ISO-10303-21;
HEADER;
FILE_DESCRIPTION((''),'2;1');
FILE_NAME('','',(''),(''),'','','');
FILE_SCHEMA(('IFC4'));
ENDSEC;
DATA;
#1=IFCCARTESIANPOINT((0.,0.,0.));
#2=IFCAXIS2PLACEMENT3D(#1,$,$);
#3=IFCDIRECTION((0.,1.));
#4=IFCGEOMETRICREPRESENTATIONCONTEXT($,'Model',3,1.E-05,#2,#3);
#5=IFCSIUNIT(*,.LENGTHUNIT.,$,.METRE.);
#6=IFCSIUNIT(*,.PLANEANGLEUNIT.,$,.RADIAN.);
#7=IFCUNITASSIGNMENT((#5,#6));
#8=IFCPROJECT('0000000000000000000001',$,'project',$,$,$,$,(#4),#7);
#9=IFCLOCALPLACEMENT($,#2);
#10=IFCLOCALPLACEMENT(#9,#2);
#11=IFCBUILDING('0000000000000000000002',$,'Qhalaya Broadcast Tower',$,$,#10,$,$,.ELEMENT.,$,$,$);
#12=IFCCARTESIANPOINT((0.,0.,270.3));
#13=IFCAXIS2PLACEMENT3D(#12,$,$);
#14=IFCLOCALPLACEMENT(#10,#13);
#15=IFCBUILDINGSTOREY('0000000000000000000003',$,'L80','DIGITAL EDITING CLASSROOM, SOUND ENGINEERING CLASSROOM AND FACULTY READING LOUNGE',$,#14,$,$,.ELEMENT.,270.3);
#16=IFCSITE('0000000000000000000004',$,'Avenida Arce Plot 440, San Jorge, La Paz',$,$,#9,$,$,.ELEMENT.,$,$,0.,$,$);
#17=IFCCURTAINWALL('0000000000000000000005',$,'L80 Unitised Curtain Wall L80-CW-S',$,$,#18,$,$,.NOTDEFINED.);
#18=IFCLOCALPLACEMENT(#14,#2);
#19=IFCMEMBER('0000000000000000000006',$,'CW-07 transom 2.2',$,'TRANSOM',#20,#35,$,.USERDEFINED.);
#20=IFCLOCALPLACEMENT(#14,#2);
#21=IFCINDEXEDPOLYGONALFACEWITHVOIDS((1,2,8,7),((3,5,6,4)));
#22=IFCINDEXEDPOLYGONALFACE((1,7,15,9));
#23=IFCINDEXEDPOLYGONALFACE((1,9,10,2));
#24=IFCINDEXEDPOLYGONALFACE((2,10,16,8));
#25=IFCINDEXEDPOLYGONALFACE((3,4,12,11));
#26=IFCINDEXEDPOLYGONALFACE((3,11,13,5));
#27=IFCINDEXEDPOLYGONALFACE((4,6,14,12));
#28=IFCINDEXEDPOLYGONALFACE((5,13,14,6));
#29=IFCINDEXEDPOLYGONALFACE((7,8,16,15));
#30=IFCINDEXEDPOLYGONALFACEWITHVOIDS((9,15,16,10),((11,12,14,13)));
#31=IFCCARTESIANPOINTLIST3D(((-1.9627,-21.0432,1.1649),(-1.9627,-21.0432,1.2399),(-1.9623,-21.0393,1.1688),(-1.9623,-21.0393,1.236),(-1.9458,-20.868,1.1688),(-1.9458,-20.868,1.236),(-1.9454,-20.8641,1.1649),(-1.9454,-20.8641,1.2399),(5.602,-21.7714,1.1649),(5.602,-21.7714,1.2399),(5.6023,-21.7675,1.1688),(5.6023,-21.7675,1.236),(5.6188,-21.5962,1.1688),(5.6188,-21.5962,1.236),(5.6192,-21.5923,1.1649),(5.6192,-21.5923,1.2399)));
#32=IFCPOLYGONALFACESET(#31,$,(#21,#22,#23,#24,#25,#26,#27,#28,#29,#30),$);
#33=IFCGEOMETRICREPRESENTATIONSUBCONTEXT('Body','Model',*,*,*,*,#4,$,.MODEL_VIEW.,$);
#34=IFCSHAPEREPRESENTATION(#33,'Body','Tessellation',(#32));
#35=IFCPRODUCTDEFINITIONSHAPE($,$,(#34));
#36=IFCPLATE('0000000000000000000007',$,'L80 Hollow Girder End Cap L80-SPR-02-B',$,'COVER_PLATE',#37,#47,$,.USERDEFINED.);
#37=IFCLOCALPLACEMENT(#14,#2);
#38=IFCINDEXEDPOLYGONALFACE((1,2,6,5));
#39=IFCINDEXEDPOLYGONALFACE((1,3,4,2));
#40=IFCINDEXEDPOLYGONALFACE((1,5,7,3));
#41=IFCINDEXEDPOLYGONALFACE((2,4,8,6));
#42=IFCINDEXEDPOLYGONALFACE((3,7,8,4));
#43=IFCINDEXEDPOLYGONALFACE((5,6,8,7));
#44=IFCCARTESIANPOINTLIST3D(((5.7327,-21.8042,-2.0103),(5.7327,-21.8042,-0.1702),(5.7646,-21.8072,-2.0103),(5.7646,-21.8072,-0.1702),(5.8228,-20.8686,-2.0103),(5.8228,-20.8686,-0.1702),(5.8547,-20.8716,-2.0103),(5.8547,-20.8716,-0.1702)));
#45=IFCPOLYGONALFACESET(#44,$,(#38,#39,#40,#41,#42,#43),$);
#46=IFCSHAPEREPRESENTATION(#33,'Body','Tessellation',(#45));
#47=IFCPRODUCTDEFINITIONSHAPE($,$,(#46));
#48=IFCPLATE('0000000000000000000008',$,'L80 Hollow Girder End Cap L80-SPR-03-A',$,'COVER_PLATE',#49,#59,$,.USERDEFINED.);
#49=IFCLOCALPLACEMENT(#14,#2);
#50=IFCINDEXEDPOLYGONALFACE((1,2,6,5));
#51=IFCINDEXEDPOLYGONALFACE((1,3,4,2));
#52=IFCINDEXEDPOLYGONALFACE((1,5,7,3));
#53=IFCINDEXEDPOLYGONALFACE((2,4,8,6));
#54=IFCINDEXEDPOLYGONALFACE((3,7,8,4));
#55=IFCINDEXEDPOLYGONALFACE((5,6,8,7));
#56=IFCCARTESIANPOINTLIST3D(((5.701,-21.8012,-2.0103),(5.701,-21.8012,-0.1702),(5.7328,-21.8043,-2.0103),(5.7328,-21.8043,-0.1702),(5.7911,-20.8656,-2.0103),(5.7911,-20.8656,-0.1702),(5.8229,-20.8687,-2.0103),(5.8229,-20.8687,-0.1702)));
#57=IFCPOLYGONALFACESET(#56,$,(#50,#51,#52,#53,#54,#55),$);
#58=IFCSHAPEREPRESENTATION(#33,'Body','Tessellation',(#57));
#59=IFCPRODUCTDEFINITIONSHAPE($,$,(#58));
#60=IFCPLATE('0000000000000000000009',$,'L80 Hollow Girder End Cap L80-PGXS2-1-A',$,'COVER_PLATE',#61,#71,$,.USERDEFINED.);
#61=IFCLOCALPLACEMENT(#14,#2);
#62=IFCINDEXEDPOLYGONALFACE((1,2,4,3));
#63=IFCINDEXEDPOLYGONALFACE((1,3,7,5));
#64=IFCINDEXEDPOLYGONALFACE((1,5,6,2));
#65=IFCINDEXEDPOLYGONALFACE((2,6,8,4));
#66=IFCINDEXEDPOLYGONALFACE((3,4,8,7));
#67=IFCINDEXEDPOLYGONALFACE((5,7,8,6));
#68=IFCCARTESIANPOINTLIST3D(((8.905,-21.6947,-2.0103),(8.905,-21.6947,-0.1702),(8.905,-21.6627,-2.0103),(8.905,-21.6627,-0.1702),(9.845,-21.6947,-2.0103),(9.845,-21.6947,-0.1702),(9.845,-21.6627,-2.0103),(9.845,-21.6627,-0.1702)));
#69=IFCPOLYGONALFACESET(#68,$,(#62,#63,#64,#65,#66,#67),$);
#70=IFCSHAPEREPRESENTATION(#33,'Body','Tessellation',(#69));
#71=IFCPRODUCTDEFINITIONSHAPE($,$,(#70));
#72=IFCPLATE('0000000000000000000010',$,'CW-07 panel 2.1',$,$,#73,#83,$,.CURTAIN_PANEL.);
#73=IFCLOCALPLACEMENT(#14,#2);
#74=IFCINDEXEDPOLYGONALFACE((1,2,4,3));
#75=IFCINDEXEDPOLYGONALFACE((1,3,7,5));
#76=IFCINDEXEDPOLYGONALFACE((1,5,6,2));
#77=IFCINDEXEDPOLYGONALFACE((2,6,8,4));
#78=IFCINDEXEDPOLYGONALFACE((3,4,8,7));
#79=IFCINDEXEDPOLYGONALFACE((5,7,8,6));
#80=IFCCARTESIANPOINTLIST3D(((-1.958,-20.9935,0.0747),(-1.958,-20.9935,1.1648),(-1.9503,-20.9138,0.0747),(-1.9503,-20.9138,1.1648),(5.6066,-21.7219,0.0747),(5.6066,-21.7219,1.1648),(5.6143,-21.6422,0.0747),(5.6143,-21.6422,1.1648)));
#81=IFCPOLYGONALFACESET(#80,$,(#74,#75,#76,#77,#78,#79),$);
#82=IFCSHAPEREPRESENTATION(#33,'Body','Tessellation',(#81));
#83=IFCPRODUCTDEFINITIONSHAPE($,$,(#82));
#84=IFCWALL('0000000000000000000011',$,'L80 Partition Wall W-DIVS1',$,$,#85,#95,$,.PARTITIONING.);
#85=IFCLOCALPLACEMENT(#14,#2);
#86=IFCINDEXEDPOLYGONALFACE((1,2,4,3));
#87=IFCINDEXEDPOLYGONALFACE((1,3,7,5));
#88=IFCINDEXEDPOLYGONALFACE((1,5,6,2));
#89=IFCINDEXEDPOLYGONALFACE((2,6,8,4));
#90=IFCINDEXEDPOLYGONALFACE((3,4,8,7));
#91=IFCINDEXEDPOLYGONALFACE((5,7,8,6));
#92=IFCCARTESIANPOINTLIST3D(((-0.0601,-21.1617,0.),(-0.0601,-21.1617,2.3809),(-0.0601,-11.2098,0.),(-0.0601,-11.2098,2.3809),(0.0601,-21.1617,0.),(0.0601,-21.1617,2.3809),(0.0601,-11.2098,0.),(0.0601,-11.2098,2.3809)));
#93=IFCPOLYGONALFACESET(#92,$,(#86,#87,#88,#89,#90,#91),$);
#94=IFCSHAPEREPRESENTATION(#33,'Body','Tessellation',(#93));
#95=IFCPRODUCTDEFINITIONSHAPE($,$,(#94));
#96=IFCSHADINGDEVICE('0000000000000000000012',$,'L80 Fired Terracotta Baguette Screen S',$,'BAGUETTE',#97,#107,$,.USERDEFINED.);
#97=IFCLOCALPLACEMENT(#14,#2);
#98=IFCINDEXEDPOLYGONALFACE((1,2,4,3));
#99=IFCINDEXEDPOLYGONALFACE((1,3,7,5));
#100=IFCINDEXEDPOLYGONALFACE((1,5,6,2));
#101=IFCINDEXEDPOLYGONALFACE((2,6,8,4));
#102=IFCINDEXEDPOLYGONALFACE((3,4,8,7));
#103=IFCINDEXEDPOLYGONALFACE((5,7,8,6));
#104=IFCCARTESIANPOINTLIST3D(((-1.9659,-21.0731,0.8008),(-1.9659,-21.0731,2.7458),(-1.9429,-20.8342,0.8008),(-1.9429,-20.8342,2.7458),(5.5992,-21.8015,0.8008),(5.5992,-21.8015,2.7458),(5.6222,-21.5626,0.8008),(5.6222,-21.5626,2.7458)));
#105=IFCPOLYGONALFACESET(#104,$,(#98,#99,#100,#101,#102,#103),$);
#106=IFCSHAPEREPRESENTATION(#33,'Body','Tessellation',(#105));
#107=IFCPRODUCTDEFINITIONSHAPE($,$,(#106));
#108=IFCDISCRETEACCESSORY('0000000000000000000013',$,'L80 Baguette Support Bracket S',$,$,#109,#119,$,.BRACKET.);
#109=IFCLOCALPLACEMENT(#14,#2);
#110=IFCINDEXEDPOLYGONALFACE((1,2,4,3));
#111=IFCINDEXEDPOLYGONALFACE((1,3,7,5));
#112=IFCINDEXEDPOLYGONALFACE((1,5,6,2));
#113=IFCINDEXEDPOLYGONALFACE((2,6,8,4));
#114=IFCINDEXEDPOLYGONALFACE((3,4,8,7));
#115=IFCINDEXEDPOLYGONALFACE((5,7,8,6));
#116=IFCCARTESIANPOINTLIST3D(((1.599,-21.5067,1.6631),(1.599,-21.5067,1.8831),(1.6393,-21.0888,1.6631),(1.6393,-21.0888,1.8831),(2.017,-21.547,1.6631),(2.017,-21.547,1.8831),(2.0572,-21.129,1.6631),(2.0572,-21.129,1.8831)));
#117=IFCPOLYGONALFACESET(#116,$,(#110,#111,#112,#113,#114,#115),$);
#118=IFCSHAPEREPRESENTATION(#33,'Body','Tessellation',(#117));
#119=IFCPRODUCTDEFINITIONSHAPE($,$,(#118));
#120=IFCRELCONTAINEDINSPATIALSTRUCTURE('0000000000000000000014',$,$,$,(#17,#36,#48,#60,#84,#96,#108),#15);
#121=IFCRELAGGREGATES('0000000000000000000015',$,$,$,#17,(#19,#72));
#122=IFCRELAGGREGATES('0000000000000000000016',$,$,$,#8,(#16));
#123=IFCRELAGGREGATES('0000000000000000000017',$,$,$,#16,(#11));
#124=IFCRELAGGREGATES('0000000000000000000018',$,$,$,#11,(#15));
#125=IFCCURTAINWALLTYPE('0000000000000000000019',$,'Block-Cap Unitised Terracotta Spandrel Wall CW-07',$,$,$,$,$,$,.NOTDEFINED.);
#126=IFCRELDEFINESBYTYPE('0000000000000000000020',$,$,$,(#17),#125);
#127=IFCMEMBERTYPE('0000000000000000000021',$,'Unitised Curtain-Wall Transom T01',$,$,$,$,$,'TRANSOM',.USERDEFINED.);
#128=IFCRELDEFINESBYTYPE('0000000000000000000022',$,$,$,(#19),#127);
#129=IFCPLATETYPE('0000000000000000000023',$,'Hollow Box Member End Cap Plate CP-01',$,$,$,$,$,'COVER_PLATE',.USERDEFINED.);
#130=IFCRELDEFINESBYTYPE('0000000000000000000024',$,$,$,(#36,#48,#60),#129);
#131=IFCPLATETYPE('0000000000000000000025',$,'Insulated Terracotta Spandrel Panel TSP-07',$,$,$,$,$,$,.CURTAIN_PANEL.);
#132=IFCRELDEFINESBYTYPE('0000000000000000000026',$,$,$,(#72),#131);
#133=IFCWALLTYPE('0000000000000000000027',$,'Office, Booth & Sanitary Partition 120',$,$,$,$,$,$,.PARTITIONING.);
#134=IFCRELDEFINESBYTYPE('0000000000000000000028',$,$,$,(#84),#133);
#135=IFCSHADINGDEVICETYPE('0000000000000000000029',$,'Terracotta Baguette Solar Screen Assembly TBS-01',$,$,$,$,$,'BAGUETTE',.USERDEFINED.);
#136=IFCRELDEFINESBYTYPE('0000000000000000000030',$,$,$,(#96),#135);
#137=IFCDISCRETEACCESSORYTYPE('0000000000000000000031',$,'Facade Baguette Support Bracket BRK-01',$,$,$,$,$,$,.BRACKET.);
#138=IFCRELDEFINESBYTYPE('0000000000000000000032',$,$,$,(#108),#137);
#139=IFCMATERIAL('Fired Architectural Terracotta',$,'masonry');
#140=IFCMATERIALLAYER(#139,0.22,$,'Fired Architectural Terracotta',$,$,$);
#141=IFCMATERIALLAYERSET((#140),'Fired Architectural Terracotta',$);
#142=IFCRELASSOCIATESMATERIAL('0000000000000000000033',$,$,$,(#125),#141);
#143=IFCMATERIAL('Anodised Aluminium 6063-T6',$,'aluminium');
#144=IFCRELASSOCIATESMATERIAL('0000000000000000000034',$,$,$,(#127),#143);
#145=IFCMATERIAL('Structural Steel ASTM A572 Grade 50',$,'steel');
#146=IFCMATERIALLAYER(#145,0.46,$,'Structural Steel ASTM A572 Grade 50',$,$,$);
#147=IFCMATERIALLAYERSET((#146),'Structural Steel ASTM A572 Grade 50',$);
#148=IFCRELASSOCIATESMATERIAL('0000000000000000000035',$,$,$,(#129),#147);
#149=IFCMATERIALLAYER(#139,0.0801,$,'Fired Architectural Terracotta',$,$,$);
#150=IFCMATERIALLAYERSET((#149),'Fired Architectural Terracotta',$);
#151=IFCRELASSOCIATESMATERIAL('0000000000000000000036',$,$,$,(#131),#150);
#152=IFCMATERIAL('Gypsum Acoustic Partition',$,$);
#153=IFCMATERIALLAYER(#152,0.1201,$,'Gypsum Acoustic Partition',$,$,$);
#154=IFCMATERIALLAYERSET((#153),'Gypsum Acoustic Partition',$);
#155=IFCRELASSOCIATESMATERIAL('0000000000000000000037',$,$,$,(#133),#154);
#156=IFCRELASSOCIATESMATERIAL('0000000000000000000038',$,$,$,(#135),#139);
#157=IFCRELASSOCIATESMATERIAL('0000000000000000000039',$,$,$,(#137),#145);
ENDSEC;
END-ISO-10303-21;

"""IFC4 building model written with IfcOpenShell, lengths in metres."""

from ifc_helpers import new_model, si_unit, direction, frame, frame_2d, origin, origin_2d, place, context, subcontext, project, spatial, rectangle, hollow_rectangle, extrude, material, layer, layer_set, material_profile, profile_set, type_object, element, aggregate, save


model = new_model("IFC4")

# Units and contexts
model_context = context("Model", 3, precision=1e-05, world=origin(), true_north=direction((0.0, 1.0)))
body_context = subcontext(model_context, "Body", "Model", "MODEL_VIEW")
ifc_project = project(units=[si_unit("LENGTHUNIT", "METRE"), si_unit("PLANEANGLEUNIT", "RADIAN")], contexts=[model_context])

# Site, building, storey
site_placement = place(None, origin())
site = spatial("IfcSite", under=ifc_project, at=site_placement, Name="Avenida Arce Plot 440, San Jorge, La Paz", CompositionType="ELEMENT", RefElevation=0.0)
building_placement = place(site_placement, origin())
building = spatial("IfcBuilding", under=site, at=building_placement, Name="Qhalaya Broadcast Tower", CompositionType="ELEMENT")
storey_placement = place(building_placement, frame((0.0, 0.0, 270.3)))
storey = spatial("IfcBuildingStorey", under=building, at=storey_placement, Name="L80", Description="DIGITAL EDITING CLASSROOM, SOUND ENGINEERING CLASSROOM AND FACULTY READING LOUNGE", CompositionType="ELEMENT", Elevation=270.3)

# Shared definitions
ifc_material_1 = material(Name="Structural Steel ASTM A572 Grade 50", Category="steel")

# Curtain wall, member
ifc_material_2 = material(Name="Fired Architectural Terracotta", Category="masonry")
ifc_layer_1 = layer(ifc_material_2, 0.22, Name="Fired Architectural Terracotta")
ifc_layer_set_1 = layer_set([ifc_layer_1], Name="Fired Architectural Terracotta")
curtain_wall_type = type_object("IfcCurtainWallType", Name="Block-Cap Unitised Terracotta Spandrel Wall CW-07", PredefinedType="NOTDEFINED", material=ifc_layer_set_1)
curtain_wall_placement = place(storey_placement, origin())
curtain_wall = element("IfcCurtainWall", 1, at=curtain_wall_placement, inside=storey, type_object=curtain_wall_type, Name="L80 Unitised Curtain Wall L80-CW-S", PredefinedType="NOTDEFINED")
ifc_material_3 = material(Name="Anodised Aluminium 6063-T6", Category="aluminium")
ifc_material_profile_1 = material_profile(ifc_material_3, hollow_rectangle(XDim=0.075, YDim=0.1799, WallThickness=0.0039, at=origin_2d()), Name="ALU-TRN 75x180x4")
ifc_profile_set_1 = profile_set([ifc_material_profile_1], Name="Anodised Aluminium 6063-T6")
member_type_1 = type_object("IfcMemberType", Name="Unitised Curtain-Wall Transom T01", ElementType="TRANSOM", PredefinedType="USERDEFINED", material=ifc_profile_set_1)
member_1_placement = place(storey_placement, frame((5.6106, -21.6819, 1.2024), z_axis=(-0.995398, 0.095829, 0.0), x_axis=(0.0, 0.0, 1.0)))
member_1 = element("IfcMember", 2, at=member_1_placement, type_object=member_type_1, Name="CW-07 transom 2.2", ObjectType="TRANSOM", PredefinedType="USERDEFINED", context=body_context, shape_type="SweptSolid", body=[
    extrude(hollow_rectangle(XDim=0.075, YDim=0.1799, WallThickness=0.0039, at=origin_2d()), origin(), (0.0, 0.0, 1.0), 7.5996),
])

# Plates
ifc_layer_2 = layer(ifc_material_1, 0.46, Name="Structural Steel ASTM A572 Grade 50")
ifc_layer_set_2 = layer_set([ifc_layer_2], Name="Structural Steel ASTM A572 Grade 50")
plate_type_1 = type_object("IfcPlateType", Name="Hollow Box Member End Cap Plate CP-01", ElementType="COVER_PLATE", PredefinedType="USERDEFINED", material=ifc_layer_set_2)
for number, where, z_axis, x_axis, name in (
    (3, (5.7937, -21.3379, -2.0103), (0.0, 0.0, 1.0), (0.095846, 0.995396, 0.0), "L80 Hollow Girder End Cap L80-SPR-02-B"),
    (4, (5.762, -21.335, -2.0103), (0.0, 0.0, 1.0), (0.095846, 0.995396, 0.0), "L80 Hollow Girder End Cap L80-SPR-03-A"),
    (5, (9.375, -21.6787, -2.0103), (0.0, 0.0, 1.0), (-1.0, 0.0, 0.0), "L80 Hollow Girder End Cap L80-PGXS2-1-A"),
):
    element("IfcPlate", number, at=place(storey_placement, frame(where, z_axis=z_axis, x_axis=x_axis)), inside=storey, type_object=plate_type_1, Name=name, ObjectType="COVER_PLATE", PredefinedType="USERDEFINED", context=body_context, shape_type="SweptSolid", body=[
        extrude(rectangle(XDim=0.9399, YDim=0.032, at=origin_2d()), origin(), (0.0, 0.0, 1.0), 1.8401),
    ])

# Plate
ifc_layer_3 = layer(ifc_material_2, 0.0801, Name="Fired Architectural Terracotta")
ifc_layer_set_3 = layer_set([ifc_layer_3], Name="Fired Architectural Terracotta")
plate_type_2 = type_object("IfcPlateType", Name="Insulated Terracotta Spandrel Panel TSP-07", PredefinedType="CURTAIN_PANEL", material=ifc_layer_set_3)
plate_placement = place(storey_placement, frame((1.8281, -21.3179, 0.0747), z_axis=(0.0, 0.0, 1.0), x_axis=(-0.995396, 0.095848, 0.0)))
plate = element("IfcPlate", 6, at=plate_placement, type_object=plate_type_2, Name="CW-07 panel 2.1", PredefinedType="CURTAIN_PANEL", context=body_context, shape_type="SweptSolid", body=[
    extrude(rectangle(XDim=7.5996, YDim=0.0801, at=origin_2d()), origin(), (0.0, 0.0, 1.0), 1.0901),
])
aggregate(curtain_wall, [member_1, plate])

# Wall
ifc_material_4 = material(Name="Gypsum Acoustic Partition")
ifc_layer_4 = layer(ifc_material_4, 0.1201, Name="Gypsum Acoustic Partition")
ifc_layer_set_4 = layer_set([ifc_layer_4], Name="Gypsum Acoustic Partition")
wall_type = type_object("IfcWallType", Name="Office, Booth & Sanitary Partition 120", PredefinedType="PARTITIONING", material=ifc_layer_set_4)
wall_placement = place(storey_placement, frame((0.0, -21.1619, 0.0), z_axis=(0.0, 0.0, 1.0), x_axis=(0.0, 1.0, 0.0)))
element("IfcWall", 7, at=wall_placement, inside=storey, type_object=wall_type, Name="L80 Partition Wall W-DIVS1", PredefinedType="PARTITIONING", context=body_context, shape_type="SweptSolid", body=[
    extrude(rectangle(XDim=9.9519, YDim=0.1201, at=frame_2d((4.9761, 0.0))), origin(), (0.0, 0.0, 1.0), 2.3809),
])

# Shading device
shading_device_type = type_object("IfcShadingDeviceType", Name="Terracotta Baguette Solar Screen Assembly TBS-01", ElementType="BAGUETTE", PredefinedType="USERDEFINED", material=ifc_material_2)
shading_device_placement = place(storey_placement, frame((1.8281, -21.3179, 0.8008), z_axis=(0.0, 0.0, 1.0), x_axis=(0.995396, -0.095846, 0.0)))
element("IfcShadingDevice", 8, at=shading_device_placement, inside=storey, type_object=shading_device_type, Name="L80 Fired Terracotta Baguette Screen S", ObjectType="BAGUETTE", PredefinedType="USERDEFINED", context=body_context, shape_type="SweptSolid", body=[
    extrude(rectangle(XDim=7.6001, YDim=0.24, at=origin_2d()), origin(), (0.0, 0.0, 1.0), 1.9451),
])

# Discrete accessory
discrete_accessory_type = type_object("IfcDiscreteAccessoryType", Name="Facade Baguette Support Bracket BRK-01", PredefinedType="BRACKET", material=ifc_material_1)
discrete_accessory_placement = place(storey_placement, frame((1.8281, -21.3179, 1.6631), z_axis=(0.0, 0.0, 1.0), x_axis=(0.995396, -0.095846, 0.0)))
element("IfcDiscreteAccessory", 9, at=discrete_accessory_placement, inside=storey, type_object=discrete_accessory_type, Name="L80 Baguette Support Bracket S", PredefinedType="BRACKET", context=body_context, shape_type="SweptSolid", body=[
    extrude(rectangle(XDim=0.4199, YDim=0.4199, at=origin_2d()), origin(), (0.0, 0.0, 1.0), 0.22),
])

save(model, "model.ifc")
